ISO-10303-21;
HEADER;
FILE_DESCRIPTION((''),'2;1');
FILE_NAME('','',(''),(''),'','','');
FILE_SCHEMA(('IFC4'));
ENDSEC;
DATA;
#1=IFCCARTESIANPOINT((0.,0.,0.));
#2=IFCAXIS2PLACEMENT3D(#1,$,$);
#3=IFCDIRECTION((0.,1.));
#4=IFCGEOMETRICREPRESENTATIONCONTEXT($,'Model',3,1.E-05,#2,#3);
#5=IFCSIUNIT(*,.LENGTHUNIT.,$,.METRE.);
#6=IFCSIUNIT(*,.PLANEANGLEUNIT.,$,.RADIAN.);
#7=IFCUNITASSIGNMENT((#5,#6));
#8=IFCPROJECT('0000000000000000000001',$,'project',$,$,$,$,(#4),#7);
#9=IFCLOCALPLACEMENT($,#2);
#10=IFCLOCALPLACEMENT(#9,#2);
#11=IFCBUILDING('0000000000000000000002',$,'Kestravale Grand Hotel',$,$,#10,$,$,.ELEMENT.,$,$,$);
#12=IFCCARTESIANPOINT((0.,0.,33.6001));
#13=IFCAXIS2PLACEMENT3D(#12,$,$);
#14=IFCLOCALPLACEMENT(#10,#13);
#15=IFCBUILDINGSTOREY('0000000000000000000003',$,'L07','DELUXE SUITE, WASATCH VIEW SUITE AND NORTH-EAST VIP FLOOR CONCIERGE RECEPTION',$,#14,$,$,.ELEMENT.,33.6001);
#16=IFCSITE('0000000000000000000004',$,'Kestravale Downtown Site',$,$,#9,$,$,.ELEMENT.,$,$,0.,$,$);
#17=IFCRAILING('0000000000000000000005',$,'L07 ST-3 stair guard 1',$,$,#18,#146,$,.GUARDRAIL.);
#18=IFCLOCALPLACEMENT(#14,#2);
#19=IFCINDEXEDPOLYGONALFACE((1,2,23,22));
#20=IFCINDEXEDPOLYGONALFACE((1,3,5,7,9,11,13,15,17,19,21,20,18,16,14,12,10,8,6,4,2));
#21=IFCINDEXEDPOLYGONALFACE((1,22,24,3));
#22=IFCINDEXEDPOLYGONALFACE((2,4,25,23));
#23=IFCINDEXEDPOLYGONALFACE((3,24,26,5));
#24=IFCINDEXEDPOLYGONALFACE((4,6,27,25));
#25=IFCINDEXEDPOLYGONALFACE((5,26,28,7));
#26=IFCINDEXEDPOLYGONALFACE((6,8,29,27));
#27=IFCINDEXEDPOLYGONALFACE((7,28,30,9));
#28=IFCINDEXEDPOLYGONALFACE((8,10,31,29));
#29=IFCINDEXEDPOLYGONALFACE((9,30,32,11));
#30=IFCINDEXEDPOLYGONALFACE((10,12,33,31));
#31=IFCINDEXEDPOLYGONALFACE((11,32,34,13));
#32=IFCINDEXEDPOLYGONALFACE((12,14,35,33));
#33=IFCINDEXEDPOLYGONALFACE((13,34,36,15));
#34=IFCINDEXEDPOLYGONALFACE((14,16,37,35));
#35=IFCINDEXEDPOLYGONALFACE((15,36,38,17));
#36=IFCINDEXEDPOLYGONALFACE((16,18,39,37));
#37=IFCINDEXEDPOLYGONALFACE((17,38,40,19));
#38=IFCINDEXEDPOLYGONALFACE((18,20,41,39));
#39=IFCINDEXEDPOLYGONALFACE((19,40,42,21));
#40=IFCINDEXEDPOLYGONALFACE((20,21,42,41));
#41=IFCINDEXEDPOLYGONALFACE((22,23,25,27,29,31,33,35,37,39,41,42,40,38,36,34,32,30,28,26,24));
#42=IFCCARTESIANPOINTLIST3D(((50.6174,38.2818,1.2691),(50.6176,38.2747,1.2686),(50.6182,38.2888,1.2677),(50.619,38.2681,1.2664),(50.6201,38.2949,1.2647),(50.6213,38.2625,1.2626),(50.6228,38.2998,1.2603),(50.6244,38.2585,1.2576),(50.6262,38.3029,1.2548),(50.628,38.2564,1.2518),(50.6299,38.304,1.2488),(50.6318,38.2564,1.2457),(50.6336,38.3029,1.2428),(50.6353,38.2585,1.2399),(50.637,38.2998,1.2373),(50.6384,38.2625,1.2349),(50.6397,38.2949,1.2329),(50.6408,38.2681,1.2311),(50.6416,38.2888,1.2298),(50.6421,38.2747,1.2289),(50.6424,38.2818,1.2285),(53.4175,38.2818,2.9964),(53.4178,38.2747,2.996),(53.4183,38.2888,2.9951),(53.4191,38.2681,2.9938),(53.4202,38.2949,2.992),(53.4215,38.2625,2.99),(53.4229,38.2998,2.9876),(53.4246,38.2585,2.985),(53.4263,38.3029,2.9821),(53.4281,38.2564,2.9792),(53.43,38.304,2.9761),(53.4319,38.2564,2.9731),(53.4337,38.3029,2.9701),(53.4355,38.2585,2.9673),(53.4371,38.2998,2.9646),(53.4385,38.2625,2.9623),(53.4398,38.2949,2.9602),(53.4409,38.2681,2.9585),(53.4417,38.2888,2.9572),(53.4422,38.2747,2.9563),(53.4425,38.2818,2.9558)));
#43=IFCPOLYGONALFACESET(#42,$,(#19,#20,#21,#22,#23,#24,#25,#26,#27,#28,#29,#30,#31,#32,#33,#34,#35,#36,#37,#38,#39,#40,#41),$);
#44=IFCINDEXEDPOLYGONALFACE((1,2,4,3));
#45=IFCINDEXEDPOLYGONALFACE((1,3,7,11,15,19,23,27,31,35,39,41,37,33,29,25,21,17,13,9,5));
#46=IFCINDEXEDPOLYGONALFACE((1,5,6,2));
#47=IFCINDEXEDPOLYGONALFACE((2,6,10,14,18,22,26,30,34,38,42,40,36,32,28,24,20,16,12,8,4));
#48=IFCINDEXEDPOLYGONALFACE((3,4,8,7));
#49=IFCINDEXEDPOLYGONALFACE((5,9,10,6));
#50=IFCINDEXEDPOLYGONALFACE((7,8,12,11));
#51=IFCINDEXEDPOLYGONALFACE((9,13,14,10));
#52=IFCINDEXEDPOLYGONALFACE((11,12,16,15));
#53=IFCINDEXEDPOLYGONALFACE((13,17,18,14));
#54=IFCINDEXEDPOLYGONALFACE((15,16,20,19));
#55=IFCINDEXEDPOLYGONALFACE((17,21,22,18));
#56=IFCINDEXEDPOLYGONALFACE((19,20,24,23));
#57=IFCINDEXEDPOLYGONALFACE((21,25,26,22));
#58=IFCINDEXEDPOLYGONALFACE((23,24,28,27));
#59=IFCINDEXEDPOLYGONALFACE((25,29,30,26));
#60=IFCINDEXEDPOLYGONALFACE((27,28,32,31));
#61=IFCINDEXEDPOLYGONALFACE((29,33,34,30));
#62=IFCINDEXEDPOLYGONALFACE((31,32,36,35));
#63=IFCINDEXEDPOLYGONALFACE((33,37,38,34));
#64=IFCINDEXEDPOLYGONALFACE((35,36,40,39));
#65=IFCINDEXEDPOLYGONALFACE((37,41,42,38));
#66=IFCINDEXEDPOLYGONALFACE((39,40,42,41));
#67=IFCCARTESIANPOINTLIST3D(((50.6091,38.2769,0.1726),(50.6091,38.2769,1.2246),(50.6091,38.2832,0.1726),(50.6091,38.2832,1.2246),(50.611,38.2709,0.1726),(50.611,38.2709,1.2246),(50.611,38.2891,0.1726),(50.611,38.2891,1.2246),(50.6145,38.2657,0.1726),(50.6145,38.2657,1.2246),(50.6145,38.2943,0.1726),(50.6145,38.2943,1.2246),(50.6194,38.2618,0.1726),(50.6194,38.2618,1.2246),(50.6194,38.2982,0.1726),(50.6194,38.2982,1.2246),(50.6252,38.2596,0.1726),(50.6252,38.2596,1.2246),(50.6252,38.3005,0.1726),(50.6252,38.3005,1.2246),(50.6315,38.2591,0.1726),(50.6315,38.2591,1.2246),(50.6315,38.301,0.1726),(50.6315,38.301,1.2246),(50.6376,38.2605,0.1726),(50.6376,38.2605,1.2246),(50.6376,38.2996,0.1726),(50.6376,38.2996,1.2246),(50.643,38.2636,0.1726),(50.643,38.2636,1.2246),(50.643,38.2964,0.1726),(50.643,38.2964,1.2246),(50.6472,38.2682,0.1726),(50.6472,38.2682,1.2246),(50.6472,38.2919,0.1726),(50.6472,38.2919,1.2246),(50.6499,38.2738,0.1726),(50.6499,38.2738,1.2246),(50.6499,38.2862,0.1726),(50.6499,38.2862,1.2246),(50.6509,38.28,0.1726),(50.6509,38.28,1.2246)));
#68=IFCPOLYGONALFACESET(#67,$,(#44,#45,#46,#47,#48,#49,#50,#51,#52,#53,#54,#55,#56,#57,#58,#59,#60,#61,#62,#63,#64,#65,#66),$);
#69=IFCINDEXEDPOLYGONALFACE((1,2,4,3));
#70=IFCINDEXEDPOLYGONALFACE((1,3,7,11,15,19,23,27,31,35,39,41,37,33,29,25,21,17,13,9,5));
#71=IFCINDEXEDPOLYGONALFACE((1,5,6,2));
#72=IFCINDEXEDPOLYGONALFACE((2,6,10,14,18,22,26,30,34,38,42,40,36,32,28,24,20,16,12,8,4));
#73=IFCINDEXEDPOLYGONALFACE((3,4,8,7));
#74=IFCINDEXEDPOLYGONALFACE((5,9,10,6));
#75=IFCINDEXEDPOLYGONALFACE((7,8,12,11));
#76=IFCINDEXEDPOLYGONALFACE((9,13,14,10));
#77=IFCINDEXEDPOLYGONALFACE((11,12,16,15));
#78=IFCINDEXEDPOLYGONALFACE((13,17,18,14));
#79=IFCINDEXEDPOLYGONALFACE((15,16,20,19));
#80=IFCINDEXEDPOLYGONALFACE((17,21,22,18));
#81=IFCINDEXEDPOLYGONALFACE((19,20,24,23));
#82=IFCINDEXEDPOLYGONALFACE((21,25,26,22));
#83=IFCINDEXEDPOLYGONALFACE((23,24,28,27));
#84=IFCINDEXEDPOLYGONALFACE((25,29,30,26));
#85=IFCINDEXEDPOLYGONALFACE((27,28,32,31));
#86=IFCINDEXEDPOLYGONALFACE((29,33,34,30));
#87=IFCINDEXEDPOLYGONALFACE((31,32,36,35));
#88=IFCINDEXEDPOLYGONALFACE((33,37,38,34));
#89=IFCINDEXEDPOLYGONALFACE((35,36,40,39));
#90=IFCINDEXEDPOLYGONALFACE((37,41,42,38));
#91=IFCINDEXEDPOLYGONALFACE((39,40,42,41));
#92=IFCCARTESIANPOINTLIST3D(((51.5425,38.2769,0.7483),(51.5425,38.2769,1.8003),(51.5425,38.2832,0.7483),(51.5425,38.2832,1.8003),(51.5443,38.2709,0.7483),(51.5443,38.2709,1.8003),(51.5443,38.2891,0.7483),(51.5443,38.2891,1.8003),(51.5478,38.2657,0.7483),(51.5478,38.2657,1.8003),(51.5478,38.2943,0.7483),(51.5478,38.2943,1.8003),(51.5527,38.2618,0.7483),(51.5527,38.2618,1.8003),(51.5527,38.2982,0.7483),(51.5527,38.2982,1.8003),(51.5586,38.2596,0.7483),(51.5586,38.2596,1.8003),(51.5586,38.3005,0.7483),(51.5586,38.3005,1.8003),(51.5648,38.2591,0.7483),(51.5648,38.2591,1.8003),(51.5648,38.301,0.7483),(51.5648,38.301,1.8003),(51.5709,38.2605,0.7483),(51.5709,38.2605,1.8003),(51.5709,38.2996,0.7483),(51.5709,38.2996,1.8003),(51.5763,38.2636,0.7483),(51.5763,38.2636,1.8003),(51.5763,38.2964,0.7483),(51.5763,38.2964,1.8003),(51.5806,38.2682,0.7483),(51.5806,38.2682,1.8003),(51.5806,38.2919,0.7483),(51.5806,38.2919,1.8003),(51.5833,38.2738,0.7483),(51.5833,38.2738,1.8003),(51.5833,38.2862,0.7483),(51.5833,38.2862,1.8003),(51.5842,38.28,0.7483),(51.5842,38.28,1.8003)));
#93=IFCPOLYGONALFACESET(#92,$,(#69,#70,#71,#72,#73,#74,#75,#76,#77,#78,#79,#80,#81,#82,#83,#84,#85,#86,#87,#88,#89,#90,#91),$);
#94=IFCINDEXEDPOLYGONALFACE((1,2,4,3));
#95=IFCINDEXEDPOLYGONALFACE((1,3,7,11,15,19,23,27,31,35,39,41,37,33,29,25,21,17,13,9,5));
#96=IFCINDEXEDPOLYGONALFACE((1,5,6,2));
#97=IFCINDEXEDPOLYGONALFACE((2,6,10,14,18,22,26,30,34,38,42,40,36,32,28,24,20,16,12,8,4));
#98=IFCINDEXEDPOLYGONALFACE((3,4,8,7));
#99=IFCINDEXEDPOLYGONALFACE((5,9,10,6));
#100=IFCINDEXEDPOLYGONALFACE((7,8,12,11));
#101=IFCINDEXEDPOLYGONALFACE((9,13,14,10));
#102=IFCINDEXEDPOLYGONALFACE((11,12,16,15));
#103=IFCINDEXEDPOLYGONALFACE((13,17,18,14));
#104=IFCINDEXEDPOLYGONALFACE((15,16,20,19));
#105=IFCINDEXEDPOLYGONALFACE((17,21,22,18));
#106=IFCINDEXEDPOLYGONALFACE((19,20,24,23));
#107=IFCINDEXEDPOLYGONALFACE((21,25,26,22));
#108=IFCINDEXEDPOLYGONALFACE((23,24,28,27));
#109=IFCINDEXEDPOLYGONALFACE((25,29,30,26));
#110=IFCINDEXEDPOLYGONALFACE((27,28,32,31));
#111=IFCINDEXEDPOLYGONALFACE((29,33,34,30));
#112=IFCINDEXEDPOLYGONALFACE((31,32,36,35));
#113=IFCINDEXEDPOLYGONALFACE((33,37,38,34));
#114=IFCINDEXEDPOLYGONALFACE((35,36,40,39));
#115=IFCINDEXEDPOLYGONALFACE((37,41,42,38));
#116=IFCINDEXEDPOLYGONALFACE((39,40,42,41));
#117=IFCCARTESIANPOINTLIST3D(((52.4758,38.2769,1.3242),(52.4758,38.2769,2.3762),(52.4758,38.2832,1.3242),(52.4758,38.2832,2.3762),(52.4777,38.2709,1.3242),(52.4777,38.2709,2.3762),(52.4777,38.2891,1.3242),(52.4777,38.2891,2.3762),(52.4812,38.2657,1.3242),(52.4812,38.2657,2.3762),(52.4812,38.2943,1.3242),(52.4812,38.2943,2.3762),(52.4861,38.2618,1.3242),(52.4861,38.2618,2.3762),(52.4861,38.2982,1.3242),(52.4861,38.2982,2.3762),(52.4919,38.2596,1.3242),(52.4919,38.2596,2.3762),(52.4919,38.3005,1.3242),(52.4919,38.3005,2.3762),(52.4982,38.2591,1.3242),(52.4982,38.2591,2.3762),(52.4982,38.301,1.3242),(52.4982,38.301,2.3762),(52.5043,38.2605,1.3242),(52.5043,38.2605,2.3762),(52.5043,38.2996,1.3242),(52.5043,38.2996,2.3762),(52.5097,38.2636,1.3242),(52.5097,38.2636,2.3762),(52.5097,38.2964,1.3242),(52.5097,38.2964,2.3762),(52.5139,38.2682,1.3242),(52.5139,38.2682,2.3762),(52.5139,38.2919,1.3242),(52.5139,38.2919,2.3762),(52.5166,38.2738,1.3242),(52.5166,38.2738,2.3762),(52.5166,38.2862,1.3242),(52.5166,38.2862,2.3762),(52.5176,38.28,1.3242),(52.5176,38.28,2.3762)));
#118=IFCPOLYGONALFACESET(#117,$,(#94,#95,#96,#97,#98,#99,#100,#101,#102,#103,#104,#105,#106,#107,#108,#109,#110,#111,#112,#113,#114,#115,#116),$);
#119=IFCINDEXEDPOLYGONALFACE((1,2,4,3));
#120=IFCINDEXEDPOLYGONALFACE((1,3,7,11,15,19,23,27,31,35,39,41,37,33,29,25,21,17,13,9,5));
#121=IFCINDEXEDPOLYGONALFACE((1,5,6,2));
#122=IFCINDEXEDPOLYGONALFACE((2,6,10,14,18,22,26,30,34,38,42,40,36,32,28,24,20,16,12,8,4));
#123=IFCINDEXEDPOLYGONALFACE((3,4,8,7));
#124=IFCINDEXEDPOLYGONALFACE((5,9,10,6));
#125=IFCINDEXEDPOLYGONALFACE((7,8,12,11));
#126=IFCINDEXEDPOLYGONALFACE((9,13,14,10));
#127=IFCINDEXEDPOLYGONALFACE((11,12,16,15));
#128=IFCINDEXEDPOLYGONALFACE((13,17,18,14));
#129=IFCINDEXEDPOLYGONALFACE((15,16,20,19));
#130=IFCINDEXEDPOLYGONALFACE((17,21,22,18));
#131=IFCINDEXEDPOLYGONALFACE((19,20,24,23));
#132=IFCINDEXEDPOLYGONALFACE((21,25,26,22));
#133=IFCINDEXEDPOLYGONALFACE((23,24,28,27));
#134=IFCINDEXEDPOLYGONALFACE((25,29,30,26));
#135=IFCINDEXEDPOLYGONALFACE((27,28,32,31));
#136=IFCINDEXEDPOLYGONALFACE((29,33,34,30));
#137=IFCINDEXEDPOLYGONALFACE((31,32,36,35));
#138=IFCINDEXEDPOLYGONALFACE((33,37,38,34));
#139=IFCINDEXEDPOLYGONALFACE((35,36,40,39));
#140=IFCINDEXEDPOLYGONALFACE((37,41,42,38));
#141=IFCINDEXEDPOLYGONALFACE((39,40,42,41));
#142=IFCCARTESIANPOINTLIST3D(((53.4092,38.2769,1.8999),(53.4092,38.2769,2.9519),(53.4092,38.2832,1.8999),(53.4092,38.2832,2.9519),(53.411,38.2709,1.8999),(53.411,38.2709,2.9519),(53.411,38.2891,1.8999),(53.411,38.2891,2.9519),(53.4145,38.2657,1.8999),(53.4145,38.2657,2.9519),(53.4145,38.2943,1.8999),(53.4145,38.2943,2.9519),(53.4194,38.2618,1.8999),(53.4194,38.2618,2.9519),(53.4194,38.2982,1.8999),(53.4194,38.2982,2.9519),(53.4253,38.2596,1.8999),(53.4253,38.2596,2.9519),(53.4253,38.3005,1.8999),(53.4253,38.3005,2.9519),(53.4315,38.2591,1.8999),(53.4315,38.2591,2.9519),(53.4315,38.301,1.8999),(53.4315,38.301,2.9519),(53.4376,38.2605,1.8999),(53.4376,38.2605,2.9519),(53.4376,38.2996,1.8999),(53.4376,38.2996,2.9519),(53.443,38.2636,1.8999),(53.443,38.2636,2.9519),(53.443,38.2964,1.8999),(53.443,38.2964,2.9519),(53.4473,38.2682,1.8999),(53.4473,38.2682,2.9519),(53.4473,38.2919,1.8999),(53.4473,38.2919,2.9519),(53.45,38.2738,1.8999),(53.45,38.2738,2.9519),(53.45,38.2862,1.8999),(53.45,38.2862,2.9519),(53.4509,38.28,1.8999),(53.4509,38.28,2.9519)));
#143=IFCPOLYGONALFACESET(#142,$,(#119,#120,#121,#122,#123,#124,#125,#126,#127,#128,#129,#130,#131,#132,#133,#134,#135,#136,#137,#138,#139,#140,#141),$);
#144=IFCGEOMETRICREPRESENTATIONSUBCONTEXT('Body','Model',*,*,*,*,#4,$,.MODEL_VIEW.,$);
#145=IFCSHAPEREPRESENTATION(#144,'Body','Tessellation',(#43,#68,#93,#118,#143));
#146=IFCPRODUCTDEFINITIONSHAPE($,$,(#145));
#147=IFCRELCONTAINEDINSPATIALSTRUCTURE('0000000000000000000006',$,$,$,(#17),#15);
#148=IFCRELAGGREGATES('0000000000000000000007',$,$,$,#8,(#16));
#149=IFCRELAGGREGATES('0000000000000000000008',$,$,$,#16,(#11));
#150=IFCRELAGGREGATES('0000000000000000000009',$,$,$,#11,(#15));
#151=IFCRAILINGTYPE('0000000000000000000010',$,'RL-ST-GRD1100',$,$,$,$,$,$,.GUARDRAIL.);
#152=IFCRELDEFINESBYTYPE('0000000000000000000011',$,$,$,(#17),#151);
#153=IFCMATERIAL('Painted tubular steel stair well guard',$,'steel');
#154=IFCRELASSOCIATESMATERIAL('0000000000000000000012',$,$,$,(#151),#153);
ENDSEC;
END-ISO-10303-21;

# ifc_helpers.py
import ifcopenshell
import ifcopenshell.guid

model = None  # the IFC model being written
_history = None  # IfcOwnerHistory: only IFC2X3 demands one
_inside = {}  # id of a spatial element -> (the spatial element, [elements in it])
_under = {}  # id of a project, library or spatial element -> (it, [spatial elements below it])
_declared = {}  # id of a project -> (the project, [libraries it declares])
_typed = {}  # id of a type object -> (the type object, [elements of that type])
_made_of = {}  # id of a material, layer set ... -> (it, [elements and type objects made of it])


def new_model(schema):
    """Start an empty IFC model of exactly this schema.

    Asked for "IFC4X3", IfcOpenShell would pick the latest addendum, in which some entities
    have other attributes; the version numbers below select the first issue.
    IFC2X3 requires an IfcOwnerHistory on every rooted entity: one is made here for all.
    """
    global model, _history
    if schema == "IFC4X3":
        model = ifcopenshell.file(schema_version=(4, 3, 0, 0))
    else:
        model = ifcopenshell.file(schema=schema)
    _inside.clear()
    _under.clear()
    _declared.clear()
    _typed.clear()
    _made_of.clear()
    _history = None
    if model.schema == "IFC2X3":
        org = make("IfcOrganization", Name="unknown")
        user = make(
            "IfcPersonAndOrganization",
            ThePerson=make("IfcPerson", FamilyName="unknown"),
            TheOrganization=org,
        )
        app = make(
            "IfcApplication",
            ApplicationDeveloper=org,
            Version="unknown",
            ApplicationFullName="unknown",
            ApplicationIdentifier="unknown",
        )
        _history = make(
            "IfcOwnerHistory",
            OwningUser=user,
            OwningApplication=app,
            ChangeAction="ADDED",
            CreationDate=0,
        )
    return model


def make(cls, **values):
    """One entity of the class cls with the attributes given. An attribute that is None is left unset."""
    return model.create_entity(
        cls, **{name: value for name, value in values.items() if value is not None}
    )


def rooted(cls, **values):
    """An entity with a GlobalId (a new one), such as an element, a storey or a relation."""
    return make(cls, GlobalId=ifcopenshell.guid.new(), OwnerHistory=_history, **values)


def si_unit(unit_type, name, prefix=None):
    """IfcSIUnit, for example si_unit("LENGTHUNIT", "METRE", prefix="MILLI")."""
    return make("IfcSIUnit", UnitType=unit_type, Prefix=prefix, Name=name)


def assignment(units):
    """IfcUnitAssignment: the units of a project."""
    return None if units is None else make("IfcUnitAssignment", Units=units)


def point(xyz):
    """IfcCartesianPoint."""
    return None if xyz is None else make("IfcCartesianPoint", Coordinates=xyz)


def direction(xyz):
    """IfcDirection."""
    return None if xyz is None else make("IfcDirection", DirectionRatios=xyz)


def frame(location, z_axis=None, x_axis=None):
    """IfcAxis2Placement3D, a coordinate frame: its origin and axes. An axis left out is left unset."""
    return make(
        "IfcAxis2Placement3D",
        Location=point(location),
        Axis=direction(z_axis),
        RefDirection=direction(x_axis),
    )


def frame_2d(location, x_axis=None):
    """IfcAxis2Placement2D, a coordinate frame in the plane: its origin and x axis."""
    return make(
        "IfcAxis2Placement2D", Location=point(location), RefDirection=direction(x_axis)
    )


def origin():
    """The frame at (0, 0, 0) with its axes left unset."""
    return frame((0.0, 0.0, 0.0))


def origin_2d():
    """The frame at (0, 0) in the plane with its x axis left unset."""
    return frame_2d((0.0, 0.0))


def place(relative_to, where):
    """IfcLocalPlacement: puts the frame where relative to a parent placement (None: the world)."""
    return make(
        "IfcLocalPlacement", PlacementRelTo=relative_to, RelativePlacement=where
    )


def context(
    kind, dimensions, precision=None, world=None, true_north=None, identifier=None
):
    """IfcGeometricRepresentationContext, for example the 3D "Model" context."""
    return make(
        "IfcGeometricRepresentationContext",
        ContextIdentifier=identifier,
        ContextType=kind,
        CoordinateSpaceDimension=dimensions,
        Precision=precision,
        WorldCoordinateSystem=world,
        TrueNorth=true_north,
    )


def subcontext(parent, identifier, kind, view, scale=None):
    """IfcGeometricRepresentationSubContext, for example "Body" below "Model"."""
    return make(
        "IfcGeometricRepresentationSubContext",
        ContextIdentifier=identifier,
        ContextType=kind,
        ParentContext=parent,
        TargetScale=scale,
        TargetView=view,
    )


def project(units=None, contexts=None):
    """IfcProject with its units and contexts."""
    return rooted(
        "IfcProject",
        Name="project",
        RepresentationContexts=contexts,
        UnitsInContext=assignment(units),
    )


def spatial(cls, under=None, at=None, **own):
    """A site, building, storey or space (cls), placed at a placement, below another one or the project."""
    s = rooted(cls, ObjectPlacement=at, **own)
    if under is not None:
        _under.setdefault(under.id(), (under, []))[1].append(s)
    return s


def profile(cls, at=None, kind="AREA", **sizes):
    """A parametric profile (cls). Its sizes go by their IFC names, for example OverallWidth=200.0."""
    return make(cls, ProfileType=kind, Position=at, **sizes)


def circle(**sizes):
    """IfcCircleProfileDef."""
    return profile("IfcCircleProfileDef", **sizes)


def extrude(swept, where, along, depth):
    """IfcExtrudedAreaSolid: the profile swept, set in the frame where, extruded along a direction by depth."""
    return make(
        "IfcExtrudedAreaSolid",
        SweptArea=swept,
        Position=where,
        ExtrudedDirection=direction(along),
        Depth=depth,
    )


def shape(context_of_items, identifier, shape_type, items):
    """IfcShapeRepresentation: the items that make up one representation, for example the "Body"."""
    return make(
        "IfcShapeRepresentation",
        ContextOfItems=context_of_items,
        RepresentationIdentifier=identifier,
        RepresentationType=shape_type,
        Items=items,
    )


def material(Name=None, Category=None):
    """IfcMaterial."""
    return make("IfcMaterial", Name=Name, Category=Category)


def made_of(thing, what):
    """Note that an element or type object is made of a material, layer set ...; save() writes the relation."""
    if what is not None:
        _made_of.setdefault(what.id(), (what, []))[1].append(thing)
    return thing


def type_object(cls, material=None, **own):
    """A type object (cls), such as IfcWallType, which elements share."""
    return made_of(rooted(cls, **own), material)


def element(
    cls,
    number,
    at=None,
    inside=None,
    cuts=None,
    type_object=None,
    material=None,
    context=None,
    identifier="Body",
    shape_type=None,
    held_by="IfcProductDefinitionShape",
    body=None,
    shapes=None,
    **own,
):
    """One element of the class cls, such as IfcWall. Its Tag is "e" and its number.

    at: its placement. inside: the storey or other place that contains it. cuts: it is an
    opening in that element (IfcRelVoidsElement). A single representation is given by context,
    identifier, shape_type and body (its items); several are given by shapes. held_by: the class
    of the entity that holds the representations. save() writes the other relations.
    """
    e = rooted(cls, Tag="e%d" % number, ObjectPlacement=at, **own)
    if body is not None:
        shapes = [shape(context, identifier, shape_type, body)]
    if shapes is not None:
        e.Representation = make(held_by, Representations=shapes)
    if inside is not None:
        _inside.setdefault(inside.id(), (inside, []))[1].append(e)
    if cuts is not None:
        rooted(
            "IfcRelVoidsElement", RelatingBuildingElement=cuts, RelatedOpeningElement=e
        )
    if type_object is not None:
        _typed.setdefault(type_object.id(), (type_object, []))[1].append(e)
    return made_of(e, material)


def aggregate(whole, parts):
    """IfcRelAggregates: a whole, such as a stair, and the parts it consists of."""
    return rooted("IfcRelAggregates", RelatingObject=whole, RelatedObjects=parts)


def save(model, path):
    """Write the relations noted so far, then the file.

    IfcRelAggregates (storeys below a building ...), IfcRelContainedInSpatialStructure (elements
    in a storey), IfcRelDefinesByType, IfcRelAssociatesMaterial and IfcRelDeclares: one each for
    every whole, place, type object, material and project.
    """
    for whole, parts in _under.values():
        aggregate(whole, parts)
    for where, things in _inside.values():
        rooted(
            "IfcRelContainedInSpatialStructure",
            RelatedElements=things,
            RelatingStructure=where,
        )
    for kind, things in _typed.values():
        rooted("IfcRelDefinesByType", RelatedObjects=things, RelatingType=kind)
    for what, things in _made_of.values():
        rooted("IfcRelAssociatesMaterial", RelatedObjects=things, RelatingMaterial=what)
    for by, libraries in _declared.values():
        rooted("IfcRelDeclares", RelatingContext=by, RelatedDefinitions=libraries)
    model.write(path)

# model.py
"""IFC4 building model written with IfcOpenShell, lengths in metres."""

from ifc_helpers import new_model, si_unit, direction, frame, origin, origin_2d, place, context, subcontext, project, spatial, circle, extrude, material, type_object, element, save


model = new_model("IFC4")

# Units and contexts
model_context = context("Model", 3, precision=1e-05, world=origin(), true_north=direction((0.0, 1.0)))
body_context = subcontext(model_context, "Body", "Model", "MODEL_VIEW")
ifc_project = project(units=[si_unit("LENGTHUNIT", "METRE"), si_unit("PLANEANGLEUNIT", "RADIAN")], contexts=[model_context])

# Site, building, storey
site_placement = place(None, origin())
site = spatial("IfcSite", under=ifc_project, at=site_placement, Name="Kestravale Downtown Site", CompositionType="ELEMENT", RefElevation=0.0)
building_placement = place(site_placement, origin())
building = spatial("IfcBuilding", under=site, at=building_placement, Name="Kestravale Grand Hotel", CompositionType="ELEMENT")
storey_placement = place(building_placement, frame((0.0, 0.0, 33.6001)))
storey = spatial("IfcBuildingStorey", under=building, at=storey_placement, Name="L07", Description="DELUXE SUITE, WASATCH VIEW SUITE AND NORTH-EAST VIP FLOOR CONCIERGE RECEPTION", CompositionType="ELEMENT", Elevation=33.6001)

# Railing
ifc_material_1 = material(Name="Painted tubular steel stair well guard", Category="steel")
railing_type_1 = type_object("IfcRailingType", Name="RL-ST-GRD1100", PredefinedType="GUARDRAIL", material=ifc_material_1)
railing_1_placement = place(storey_placement, frame((50.6299, 38.28, 0.1726)))
element("IfcRailing", 1, at=railing_1_placement, inside=storey, type_object=railing_type_1, Name="L07 ST-3 stair guard 1", PredefinedType="GUARDRAIL", context=body_context, shape_type="SweptSolid", body=[
    extrude(circle(Radius=0.0239, at=origin_2d()), frame((0.0, 0.0, 1.0762), z_axis=(0.85109, 0.0, 0.52502), x_axis=(0.0, 1.0, 0.0)), (0.0, 0.0, 1.0), 3.29),
    extrude(circle(Radius=0.021, at=origin_2d()), origin(), (0.0, 0.0, 1.0), 1.052),
    extrude(circle(Radius=0.021, at=origin_2d()), frame((0.9333, 0.0, 0.5757)), (0.0, 0.0, 1.0), 1.052),
    extrude(circle(Radius=0.021, at=origin_2d()), frame((1.8667, 0.0, 1.1516)), (0.0, 0.0, 1.0), 1.052),
    extrude(circle(Radius=0.021, at=origin_2d()), frame((2.8, 0.0, 1.7273)), (0.0, 0.0, 1.0), 1.052),
])

save(model, "model.ifc")
